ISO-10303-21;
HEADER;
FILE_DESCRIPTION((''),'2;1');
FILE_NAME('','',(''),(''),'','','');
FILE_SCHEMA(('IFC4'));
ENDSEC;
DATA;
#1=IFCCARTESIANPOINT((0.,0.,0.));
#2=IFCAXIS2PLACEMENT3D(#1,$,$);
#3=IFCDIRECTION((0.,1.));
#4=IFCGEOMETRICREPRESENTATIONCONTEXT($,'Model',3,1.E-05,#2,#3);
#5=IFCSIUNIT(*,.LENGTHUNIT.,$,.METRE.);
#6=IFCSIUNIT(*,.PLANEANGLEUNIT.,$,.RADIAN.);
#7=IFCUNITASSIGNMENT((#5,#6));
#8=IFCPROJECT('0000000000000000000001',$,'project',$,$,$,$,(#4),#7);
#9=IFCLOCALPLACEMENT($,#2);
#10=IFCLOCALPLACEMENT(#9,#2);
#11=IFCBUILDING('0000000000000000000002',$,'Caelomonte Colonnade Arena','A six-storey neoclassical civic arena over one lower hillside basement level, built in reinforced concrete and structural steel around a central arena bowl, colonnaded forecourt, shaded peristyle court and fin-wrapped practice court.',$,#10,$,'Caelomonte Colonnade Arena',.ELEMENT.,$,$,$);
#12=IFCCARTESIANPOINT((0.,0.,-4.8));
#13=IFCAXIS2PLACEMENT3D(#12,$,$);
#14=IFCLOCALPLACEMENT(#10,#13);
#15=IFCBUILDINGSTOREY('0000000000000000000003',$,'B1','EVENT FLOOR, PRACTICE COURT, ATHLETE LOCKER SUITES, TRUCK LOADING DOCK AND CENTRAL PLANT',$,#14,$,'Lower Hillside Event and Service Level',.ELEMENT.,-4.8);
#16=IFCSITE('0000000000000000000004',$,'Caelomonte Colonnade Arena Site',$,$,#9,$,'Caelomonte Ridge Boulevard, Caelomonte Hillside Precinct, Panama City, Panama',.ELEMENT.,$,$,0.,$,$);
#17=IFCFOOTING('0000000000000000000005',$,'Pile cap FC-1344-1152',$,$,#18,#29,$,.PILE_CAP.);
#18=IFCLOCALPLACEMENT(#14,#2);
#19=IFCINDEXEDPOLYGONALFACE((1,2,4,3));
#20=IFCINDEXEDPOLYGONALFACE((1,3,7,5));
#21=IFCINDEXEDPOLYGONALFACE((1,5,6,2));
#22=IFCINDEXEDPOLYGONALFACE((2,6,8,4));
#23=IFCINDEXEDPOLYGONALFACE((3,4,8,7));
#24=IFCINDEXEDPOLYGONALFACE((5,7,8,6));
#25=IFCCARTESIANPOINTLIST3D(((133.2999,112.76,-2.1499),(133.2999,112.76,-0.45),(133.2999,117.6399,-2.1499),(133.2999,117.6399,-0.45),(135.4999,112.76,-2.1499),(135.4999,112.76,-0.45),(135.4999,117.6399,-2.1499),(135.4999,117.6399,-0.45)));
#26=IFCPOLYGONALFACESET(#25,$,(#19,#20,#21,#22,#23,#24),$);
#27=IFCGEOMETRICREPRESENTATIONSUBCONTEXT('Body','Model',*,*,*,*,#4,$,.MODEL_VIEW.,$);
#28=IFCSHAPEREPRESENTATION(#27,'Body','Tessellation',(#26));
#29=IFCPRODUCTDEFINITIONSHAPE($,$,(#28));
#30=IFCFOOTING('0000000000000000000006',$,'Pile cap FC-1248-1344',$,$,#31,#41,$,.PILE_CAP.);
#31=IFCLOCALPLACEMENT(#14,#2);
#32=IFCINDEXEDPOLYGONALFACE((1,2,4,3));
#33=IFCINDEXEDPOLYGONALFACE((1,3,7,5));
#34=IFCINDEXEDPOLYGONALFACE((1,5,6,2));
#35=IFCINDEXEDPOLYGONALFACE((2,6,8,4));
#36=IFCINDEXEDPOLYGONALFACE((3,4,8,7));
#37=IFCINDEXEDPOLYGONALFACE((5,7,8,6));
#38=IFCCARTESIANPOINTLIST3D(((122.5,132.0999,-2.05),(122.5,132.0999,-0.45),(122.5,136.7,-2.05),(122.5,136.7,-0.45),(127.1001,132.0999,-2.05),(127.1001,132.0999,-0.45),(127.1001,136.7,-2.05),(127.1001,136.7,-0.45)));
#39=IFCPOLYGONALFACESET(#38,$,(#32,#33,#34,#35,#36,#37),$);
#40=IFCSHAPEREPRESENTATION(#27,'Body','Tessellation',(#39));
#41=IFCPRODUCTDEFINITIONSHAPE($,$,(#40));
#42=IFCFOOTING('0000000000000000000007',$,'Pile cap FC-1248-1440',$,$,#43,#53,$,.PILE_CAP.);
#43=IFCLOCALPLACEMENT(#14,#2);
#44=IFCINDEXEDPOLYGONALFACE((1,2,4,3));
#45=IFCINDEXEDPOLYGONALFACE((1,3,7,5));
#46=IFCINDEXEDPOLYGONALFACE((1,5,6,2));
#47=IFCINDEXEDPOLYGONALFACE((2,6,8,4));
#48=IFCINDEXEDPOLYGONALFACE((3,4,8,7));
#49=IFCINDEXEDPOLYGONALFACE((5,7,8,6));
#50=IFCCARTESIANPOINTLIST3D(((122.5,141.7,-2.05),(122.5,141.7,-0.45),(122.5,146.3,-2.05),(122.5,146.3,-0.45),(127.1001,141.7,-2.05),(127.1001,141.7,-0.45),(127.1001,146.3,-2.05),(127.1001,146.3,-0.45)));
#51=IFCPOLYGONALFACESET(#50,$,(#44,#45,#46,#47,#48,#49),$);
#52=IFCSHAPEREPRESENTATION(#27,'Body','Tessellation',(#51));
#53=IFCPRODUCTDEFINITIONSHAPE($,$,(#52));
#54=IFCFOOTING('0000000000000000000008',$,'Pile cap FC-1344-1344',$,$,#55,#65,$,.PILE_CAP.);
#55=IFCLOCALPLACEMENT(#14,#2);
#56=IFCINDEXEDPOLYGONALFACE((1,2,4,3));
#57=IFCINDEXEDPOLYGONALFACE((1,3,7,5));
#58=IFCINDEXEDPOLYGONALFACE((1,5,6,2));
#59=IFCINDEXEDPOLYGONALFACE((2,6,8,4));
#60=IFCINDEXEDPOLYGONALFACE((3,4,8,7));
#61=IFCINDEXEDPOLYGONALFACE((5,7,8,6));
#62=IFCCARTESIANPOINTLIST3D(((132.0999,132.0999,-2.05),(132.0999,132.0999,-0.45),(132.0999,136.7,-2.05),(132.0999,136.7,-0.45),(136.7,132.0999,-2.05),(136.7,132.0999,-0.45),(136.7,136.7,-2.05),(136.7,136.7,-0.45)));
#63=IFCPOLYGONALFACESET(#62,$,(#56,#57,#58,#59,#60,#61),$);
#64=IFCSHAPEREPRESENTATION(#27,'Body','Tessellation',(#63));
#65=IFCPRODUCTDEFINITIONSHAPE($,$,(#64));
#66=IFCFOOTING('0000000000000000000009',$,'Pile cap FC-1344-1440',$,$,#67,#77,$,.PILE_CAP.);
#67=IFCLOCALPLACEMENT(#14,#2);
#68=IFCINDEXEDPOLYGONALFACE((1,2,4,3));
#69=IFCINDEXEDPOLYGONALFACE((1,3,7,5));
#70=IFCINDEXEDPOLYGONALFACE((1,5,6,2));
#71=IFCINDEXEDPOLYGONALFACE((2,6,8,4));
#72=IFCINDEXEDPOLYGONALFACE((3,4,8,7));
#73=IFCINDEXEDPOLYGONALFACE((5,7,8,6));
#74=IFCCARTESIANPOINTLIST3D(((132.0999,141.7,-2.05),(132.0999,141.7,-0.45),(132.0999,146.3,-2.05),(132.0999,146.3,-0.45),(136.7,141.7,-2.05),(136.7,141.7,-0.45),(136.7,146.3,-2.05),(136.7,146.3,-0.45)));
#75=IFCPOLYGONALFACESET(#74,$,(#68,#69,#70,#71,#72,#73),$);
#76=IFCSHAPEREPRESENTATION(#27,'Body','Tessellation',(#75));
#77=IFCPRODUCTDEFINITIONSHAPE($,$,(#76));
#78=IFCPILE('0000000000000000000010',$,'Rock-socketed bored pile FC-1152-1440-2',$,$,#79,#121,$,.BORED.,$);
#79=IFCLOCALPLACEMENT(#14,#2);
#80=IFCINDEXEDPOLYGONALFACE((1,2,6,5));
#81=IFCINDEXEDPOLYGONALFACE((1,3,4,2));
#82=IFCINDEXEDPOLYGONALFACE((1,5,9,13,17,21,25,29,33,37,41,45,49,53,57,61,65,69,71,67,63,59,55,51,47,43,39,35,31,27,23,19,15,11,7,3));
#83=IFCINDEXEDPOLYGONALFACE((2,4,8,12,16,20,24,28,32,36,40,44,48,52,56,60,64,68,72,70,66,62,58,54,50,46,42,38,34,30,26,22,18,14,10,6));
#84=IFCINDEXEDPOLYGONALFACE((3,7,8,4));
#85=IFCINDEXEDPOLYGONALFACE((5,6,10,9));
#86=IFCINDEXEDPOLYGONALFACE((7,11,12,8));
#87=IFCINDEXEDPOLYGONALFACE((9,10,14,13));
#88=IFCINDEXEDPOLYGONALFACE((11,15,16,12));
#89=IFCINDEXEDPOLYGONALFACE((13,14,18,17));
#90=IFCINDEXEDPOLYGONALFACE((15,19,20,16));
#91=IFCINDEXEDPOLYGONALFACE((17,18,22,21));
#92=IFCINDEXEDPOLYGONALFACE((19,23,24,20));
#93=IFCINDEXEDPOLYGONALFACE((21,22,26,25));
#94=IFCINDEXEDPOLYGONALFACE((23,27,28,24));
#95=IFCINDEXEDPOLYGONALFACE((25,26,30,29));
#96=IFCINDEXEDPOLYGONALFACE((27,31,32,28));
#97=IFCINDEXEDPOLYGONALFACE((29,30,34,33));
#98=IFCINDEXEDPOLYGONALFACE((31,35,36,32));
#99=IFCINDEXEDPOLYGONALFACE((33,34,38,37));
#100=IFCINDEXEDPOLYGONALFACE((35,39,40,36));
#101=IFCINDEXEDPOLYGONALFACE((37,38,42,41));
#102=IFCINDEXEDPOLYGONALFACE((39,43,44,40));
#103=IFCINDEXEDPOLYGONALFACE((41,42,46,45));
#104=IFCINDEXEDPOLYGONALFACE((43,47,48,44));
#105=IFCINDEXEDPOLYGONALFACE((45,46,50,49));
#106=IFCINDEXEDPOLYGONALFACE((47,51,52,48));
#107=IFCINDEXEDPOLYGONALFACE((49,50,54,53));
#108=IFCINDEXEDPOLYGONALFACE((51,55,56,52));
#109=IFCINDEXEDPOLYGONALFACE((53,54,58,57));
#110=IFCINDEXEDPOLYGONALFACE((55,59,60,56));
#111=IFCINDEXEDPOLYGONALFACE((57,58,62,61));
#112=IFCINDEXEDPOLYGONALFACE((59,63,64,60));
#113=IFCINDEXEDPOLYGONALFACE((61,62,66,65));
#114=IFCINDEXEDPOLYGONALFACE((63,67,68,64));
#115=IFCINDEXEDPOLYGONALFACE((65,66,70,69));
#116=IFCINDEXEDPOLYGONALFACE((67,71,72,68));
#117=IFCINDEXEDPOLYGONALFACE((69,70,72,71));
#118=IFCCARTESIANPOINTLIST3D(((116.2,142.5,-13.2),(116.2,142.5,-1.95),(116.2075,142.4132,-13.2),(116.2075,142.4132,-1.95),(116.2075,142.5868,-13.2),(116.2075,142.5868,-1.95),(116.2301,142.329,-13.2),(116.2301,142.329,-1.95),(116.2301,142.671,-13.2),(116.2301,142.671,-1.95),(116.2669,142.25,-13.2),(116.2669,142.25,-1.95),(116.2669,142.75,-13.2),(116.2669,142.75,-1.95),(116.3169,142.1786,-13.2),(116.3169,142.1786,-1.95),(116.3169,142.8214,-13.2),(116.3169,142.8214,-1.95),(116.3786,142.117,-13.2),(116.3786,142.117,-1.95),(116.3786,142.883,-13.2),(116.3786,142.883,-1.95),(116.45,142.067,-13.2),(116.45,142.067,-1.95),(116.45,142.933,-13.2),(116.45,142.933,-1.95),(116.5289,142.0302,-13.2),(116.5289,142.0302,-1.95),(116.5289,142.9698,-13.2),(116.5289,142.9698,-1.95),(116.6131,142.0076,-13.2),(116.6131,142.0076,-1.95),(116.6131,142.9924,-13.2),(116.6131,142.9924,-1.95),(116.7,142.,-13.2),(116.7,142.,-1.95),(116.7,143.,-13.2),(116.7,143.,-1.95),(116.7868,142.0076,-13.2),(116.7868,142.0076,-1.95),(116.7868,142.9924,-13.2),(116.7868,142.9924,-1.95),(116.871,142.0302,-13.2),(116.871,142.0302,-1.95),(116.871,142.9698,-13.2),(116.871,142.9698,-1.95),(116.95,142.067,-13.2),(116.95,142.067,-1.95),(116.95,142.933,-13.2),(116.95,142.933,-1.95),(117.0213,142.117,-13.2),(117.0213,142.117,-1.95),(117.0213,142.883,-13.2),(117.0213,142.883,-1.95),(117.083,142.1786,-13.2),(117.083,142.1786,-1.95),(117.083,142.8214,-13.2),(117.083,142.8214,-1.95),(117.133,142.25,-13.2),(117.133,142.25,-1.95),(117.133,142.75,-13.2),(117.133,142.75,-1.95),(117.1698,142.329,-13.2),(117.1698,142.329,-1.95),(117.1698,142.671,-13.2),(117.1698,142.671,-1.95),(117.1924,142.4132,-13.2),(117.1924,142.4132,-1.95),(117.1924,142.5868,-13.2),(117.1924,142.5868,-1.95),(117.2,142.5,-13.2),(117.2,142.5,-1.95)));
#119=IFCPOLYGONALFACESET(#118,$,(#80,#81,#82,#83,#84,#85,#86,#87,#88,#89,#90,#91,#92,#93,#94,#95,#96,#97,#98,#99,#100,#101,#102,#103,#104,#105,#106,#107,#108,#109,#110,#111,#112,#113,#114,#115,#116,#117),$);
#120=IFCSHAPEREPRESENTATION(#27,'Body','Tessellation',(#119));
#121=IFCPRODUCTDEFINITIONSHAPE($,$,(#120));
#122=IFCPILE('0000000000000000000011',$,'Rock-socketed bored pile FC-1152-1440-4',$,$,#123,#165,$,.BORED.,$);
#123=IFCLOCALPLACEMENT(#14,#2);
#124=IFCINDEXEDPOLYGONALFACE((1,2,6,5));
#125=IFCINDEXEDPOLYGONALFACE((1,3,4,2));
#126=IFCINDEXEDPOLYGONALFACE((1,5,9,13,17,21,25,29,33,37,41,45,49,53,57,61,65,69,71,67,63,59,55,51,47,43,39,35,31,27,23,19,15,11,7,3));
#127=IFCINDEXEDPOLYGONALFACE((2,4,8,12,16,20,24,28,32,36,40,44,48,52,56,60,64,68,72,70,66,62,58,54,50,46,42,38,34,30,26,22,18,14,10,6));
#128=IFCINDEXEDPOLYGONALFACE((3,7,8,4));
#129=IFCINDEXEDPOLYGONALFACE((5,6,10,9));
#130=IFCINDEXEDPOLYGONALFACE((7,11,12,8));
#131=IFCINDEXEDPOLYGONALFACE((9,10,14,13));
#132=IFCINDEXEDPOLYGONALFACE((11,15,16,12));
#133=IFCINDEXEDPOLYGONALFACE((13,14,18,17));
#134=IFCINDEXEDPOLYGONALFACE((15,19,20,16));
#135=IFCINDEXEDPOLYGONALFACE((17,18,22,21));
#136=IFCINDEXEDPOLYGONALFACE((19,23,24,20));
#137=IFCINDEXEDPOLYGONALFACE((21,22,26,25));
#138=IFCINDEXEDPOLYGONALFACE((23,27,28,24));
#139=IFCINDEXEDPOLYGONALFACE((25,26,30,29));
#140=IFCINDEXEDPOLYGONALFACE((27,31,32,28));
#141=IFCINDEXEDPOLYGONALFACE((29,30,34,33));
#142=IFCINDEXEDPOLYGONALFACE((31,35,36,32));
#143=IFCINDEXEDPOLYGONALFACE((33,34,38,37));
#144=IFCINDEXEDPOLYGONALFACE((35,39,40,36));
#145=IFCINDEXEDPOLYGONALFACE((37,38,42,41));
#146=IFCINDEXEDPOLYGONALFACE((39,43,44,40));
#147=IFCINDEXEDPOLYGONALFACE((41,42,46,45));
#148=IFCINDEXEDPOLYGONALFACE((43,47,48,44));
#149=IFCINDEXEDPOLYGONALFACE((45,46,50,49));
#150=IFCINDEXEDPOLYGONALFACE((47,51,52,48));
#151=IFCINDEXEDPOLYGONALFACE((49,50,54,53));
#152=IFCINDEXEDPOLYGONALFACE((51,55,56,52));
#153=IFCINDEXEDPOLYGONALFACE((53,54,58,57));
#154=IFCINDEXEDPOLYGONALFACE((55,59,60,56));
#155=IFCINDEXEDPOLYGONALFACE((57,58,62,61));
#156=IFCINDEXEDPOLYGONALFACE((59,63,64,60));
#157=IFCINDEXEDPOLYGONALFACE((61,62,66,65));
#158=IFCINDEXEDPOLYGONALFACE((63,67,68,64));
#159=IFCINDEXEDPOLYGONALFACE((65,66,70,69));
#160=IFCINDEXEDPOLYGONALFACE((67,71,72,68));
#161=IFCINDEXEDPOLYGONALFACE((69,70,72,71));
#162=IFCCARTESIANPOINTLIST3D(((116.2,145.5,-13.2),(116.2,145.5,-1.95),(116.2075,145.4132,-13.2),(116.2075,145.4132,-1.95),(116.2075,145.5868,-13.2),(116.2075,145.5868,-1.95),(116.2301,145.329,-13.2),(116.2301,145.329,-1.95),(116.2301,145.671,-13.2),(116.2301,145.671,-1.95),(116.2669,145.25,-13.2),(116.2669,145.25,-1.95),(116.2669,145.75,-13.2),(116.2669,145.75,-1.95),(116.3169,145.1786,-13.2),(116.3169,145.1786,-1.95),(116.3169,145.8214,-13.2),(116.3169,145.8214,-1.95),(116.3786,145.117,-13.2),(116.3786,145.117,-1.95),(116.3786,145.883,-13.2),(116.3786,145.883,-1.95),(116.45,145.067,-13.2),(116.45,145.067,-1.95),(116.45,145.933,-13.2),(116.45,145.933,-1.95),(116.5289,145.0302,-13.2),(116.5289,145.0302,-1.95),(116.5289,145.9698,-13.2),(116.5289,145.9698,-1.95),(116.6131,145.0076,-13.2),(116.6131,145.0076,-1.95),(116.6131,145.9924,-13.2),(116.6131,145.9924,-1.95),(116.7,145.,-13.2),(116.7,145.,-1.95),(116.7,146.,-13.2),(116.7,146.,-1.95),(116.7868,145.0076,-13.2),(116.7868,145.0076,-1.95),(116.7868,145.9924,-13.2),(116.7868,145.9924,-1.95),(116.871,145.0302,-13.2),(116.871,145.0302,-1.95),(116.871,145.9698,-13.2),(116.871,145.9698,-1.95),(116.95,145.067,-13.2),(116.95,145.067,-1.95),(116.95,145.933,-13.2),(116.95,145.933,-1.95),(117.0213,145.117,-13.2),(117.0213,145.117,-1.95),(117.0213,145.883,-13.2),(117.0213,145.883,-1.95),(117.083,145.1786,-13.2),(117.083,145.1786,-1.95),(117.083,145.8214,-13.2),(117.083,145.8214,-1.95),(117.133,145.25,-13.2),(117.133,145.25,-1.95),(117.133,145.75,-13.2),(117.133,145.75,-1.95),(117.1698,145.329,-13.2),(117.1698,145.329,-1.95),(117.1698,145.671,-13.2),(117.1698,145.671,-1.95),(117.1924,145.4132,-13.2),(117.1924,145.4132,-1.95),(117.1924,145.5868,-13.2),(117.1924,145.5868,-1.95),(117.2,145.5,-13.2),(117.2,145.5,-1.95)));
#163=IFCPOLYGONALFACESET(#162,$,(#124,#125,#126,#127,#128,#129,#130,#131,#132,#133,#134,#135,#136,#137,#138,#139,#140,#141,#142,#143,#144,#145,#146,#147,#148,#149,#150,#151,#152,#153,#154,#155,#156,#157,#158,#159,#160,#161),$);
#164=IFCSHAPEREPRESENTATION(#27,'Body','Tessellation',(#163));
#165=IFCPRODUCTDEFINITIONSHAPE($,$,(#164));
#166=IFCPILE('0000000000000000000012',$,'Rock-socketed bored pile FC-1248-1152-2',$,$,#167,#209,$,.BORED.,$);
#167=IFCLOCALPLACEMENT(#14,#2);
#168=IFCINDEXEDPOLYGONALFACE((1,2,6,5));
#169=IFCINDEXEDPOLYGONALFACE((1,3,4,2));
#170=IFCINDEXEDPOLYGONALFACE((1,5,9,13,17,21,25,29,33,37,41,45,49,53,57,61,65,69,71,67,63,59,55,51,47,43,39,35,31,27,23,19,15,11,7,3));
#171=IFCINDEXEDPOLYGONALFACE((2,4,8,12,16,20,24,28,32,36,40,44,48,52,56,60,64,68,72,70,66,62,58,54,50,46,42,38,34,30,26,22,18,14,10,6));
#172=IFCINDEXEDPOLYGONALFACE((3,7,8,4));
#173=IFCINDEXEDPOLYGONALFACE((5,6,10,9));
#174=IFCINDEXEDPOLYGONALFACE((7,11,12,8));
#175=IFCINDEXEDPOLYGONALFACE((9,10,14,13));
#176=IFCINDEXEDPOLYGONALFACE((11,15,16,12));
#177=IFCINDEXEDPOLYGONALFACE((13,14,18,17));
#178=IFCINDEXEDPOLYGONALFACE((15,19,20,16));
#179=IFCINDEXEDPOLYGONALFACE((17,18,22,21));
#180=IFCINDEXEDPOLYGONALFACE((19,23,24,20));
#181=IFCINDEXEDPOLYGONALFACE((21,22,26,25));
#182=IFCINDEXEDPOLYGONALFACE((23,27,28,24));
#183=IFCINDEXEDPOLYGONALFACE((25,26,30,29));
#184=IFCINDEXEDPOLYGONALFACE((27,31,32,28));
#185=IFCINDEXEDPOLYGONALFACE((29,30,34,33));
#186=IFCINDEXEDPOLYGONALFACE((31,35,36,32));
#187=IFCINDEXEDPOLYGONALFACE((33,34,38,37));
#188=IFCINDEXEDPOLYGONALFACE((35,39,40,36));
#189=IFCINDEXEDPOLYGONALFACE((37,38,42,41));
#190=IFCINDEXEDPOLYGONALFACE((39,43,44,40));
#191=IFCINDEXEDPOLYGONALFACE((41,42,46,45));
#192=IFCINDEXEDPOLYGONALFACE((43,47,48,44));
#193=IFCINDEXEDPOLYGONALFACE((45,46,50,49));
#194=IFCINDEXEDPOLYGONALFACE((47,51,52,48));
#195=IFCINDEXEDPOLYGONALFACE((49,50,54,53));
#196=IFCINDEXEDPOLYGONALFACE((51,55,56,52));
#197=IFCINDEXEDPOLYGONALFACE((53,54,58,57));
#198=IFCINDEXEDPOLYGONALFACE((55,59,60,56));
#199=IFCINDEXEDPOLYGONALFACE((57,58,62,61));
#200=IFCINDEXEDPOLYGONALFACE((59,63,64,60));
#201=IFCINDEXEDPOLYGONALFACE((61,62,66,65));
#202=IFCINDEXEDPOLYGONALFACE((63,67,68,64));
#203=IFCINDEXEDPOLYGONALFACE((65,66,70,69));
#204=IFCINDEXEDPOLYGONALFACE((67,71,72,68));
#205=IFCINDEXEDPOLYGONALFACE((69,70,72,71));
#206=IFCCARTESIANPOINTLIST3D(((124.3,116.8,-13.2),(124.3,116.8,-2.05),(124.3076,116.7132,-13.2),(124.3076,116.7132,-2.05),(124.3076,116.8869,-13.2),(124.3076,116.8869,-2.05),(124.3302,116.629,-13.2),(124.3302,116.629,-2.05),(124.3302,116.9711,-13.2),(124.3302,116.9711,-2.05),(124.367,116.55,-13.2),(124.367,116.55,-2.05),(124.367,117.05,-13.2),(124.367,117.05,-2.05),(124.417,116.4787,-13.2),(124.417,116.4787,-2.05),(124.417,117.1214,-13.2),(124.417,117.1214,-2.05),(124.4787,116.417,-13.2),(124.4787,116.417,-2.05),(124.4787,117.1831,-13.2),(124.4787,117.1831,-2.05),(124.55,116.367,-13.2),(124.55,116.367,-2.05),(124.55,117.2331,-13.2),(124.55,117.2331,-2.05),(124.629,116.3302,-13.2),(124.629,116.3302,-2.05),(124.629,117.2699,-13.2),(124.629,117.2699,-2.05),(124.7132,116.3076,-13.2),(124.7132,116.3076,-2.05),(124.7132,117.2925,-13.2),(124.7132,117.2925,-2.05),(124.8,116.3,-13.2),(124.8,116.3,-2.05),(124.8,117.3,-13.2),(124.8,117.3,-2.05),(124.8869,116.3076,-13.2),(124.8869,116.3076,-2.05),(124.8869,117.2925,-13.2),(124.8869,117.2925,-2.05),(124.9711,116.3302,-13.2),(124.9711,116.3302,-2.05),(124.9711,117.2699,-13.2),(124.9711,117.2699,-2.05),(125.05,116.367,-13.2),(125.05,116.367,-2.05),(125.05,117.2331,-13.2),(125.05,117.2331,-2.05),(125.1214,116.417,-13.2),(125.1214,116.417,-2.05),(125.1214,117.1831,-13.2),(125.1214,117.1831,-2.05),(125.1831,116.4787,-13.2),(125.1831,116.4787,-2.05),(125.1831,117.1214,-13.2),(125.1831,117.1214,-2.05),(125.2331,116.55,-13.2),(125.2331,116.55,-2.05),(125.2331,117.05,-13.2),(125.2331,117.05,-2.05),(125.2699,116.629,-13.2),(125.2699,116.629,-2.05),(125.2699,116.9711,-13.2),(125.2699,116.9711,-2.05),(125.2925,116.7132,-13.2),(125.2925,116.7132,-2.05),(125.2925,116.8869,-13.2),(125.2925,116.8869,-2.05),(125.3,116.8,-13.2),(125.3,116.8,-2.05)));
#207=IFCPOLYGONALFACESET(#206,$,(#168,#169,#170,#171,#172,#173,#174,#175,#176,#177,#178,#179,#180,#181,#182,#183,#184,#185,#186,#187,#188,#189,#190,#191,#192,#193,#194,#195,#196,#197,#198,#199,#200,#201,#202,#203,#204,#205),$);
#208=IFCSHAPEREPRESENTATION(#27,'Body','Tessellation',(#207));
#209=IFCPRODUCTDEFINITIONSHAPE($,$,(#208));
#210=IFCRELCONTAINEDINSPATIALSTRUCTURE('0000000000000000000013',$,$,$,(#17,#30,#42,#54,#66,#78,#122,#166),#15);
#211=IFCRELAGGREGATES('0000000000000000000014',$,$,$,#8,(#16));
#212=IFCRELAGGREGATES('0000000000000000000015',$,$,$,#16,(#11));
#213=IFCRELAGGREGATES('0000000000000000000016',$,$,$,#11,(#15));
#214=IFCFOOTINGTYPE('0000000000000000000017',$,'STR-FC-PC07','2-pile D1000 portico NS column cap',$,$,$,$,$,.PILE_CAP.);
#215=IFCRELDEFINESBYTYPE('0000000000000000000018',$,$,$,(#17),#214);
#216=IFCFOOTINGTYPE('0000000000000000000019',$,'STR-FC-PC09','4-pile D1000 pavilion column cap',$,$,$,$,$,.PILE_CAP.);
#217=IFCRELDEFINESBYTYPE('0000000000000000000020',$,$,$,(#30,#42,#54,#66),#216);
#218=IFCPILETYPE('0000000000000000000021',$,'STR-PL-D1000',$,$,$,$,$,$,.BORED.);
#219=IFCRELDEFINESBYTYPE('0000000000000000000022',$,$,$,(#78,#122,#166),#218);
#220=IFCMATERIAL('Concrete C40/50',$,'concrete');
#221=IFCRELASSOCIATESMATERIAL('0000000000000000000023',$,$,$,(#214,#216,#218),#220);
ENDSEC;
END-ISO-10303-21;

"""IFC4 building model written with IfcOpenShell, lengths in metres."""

from ifc_helpers import new_model, si_unit, direction, frame, origin, origin_2d, place, context, subcontext, project, spatial, rectangle, circle, extrude, material, material_profile, profile_set, type_object, element, save


model = new_model("IFC4")

# Units and contexts
model_context = context("Model", 3, precision=1e-05, world=origin(), true_north=direction((0.0, 1.0)))
body_context = subcontext(model_context, "Body", "Model", "MODEL_VIEW")
ifc_project = project(units=[si_unit("LENGTHUNIT", "METRE"), si_unit("PLANEANGLEUNIT", "RADIAN")], contexts=[model_context])

# Site, building, storey
site_placement = place(None, origin())
site = spatial("IfcSite", under=ifc_project, at=site_placement, Name="Caelomonte Colonnade Arena Site", LongName="Caelomonte Ridge Boulevard, Caelomonte Hillside Precinct, Panama City, Panama", CompositionType="ELEMENT", RefElevation=0.0)
building_placement = place(site_placement, origin())
building = spatial("IfcBuilding", under=site, at=building_placement, Name="Caelomonte Colonnade Arena", Description="A six-storey neoclassical civic arena over one lower hillside basement level, built in reinforced concrete and structural steel around a central arena bowl, colonnaded forecourt, shaded peristyle court and fin-wrapped practice court.", LongName="Caelomonte Colonnade Arena", CompositionType="ELEMENT")
storey_placement = place(building_placement, frame((0.0, 0.0, -4.8)))
storey = spatial("IfcBuildingStorey", under=building, at=storey_placement, Name="B1", Description="EVENT FLOOR, PRACTICE COURT, ATHLETE LOCKER SUITES, TRUCK LOADING DOCK AND CENTRAL PLANT", LongName="Lower Hillside Event and Service Level", CompositionType="ELEMENT", Elevation=-4.8)

# Footings
ifc_material_1 = material(Name="Concrete C40/50", Category="concrete")
footing_type_1 = type_object("IfcFootingType", Name="STR-FC-PC07", Description="2-pile D1000 portico NS column cap", PredefinedType="PILE_CAP", material=ifc_material_1)
footing_placement = place(storey_placement, frame((134.3999, 115.2, -2.1499), z_axis=(0.0, 0.0, 1.0), x_axis=(1.0, 0.0, 0.0)))
element("IfcFooting", 1, at=footing_placement, inside=storey, type_object=footing_type_1, Name="Pile cap FC-1344-1152", PredefinedType="PILE_CAP", context=body_context, shape_type="SweptSolid", body=[
    extrude(rectangle(XDim=2.2, YDim=4.8799, at=origin_2d()), origin(), (0.0, 0.0, 1.0), 1.7),
])
footing_type_2 = type_object("IfcFootingType", Name="STR-FC-PC09", Description="4-pile D1000 pavilion column cap", PredefinedType="PILE_CAP", material=ifc_material_1)
for number, where, z_axis, x_axis, name in (
    (2, (124.8, 134.3999, -2.05), (0.0, 0.0, 1.0), (1.0, 0.0, 0.0), "Pile cap FC-1248-1344"),
    (3, (124.8, 144.0, -2.05), (0.0, 0.0, 1.0), (1.0, 0.0, 0.0), "Pile cap FC-1248-1440"),
    (4, (134.3999, 134.3999, -2.05), (0.0, 0.0, 1.0), (1.0, 0.0, 0.0), "Pile cap FC-1344-1344"),
    (5, (134.3999, 144.0, -2.05), (0.0, 0.0, 1.0), (1.0, 0.0, 0.0), "Pile cap FC-1344-1440"),
):
    element("IfcFooting", number, at=place(storey_placement, frame(where, z_axis=z_axis, x_axis=x_axis)), inside=storey, type_object=footing_type_2, Name=name, PredefinedType="PILE_CAP", context=body_context, shape_type="SweptSolid", body=[
        extrude(rectangle(XDim=4.6001, YDim=4.6001, at=origin_2d()), origin(), (0.0, 0.0, 1.0), 1.6001),
    ])

# Piles
ifc_material_profile_1 = material_profile(ifc_material_1, circle(Radius=0.5, at=origin_2d()), Name="PILE-D1000")
ifc_profile_set_1 = profile_set([ifc_material_profile_1], Name="Concrete C40/50")
pile_type_1 = type_object("IfcPileType", Name="STR-PL-D1000", PredefinedType="BORED", material=ifc_profile_set_1)
for number, where, z_axis, x_axis, name in (
    (6, (116.7, 142.5, -1.95), (0.0, 0.0, -1.0), (1.0, 0.0, 0.0), "Rock-socketed bored pile FC-1152-1440-2"),
    (7, (116.7, 145.5, -1.95), (0.0, 0.0, -1.0), (1.0, 0.0, 0.0), "Rock-socketed bored pile FC-1152-1440-4"),
):
    element("IfcPile", number, at=place(storey_placement, frame(where, z_axis=z_axis, x_axis=x_axis)), inside=storey, type_object=pile_type_1, Name=name, PredefinedType="BORED", context=body_context, shape_type="SweptSolid", body=[
        extrude(circle(Radius=0.5, at=origin_2d()), origin(), (0.0, 0.0, 1.0), 11.25),
    ])
pile_1_placement = place(storey_placement, frame((124.8, 116.8, -2.05), z_axis=(0.0, 0.0, -1.0), x_axis=(1.0, 0.0, 0.0)))
element("IfcPile", 8, at=pile_1_placement, inside=storey, type_object=pile_type_1, Name="Rock-socketed bored pile FC-1248-1152-2", PredefinedType="BORED", context=body_context, shape_type="SweptSolid", body=[
    extrude(circle(Radius=0.5, at=origin_2d()), origin(), (0.0, 0.0, 1.0), 11.1499),
])

save(model, "model.ifc")
